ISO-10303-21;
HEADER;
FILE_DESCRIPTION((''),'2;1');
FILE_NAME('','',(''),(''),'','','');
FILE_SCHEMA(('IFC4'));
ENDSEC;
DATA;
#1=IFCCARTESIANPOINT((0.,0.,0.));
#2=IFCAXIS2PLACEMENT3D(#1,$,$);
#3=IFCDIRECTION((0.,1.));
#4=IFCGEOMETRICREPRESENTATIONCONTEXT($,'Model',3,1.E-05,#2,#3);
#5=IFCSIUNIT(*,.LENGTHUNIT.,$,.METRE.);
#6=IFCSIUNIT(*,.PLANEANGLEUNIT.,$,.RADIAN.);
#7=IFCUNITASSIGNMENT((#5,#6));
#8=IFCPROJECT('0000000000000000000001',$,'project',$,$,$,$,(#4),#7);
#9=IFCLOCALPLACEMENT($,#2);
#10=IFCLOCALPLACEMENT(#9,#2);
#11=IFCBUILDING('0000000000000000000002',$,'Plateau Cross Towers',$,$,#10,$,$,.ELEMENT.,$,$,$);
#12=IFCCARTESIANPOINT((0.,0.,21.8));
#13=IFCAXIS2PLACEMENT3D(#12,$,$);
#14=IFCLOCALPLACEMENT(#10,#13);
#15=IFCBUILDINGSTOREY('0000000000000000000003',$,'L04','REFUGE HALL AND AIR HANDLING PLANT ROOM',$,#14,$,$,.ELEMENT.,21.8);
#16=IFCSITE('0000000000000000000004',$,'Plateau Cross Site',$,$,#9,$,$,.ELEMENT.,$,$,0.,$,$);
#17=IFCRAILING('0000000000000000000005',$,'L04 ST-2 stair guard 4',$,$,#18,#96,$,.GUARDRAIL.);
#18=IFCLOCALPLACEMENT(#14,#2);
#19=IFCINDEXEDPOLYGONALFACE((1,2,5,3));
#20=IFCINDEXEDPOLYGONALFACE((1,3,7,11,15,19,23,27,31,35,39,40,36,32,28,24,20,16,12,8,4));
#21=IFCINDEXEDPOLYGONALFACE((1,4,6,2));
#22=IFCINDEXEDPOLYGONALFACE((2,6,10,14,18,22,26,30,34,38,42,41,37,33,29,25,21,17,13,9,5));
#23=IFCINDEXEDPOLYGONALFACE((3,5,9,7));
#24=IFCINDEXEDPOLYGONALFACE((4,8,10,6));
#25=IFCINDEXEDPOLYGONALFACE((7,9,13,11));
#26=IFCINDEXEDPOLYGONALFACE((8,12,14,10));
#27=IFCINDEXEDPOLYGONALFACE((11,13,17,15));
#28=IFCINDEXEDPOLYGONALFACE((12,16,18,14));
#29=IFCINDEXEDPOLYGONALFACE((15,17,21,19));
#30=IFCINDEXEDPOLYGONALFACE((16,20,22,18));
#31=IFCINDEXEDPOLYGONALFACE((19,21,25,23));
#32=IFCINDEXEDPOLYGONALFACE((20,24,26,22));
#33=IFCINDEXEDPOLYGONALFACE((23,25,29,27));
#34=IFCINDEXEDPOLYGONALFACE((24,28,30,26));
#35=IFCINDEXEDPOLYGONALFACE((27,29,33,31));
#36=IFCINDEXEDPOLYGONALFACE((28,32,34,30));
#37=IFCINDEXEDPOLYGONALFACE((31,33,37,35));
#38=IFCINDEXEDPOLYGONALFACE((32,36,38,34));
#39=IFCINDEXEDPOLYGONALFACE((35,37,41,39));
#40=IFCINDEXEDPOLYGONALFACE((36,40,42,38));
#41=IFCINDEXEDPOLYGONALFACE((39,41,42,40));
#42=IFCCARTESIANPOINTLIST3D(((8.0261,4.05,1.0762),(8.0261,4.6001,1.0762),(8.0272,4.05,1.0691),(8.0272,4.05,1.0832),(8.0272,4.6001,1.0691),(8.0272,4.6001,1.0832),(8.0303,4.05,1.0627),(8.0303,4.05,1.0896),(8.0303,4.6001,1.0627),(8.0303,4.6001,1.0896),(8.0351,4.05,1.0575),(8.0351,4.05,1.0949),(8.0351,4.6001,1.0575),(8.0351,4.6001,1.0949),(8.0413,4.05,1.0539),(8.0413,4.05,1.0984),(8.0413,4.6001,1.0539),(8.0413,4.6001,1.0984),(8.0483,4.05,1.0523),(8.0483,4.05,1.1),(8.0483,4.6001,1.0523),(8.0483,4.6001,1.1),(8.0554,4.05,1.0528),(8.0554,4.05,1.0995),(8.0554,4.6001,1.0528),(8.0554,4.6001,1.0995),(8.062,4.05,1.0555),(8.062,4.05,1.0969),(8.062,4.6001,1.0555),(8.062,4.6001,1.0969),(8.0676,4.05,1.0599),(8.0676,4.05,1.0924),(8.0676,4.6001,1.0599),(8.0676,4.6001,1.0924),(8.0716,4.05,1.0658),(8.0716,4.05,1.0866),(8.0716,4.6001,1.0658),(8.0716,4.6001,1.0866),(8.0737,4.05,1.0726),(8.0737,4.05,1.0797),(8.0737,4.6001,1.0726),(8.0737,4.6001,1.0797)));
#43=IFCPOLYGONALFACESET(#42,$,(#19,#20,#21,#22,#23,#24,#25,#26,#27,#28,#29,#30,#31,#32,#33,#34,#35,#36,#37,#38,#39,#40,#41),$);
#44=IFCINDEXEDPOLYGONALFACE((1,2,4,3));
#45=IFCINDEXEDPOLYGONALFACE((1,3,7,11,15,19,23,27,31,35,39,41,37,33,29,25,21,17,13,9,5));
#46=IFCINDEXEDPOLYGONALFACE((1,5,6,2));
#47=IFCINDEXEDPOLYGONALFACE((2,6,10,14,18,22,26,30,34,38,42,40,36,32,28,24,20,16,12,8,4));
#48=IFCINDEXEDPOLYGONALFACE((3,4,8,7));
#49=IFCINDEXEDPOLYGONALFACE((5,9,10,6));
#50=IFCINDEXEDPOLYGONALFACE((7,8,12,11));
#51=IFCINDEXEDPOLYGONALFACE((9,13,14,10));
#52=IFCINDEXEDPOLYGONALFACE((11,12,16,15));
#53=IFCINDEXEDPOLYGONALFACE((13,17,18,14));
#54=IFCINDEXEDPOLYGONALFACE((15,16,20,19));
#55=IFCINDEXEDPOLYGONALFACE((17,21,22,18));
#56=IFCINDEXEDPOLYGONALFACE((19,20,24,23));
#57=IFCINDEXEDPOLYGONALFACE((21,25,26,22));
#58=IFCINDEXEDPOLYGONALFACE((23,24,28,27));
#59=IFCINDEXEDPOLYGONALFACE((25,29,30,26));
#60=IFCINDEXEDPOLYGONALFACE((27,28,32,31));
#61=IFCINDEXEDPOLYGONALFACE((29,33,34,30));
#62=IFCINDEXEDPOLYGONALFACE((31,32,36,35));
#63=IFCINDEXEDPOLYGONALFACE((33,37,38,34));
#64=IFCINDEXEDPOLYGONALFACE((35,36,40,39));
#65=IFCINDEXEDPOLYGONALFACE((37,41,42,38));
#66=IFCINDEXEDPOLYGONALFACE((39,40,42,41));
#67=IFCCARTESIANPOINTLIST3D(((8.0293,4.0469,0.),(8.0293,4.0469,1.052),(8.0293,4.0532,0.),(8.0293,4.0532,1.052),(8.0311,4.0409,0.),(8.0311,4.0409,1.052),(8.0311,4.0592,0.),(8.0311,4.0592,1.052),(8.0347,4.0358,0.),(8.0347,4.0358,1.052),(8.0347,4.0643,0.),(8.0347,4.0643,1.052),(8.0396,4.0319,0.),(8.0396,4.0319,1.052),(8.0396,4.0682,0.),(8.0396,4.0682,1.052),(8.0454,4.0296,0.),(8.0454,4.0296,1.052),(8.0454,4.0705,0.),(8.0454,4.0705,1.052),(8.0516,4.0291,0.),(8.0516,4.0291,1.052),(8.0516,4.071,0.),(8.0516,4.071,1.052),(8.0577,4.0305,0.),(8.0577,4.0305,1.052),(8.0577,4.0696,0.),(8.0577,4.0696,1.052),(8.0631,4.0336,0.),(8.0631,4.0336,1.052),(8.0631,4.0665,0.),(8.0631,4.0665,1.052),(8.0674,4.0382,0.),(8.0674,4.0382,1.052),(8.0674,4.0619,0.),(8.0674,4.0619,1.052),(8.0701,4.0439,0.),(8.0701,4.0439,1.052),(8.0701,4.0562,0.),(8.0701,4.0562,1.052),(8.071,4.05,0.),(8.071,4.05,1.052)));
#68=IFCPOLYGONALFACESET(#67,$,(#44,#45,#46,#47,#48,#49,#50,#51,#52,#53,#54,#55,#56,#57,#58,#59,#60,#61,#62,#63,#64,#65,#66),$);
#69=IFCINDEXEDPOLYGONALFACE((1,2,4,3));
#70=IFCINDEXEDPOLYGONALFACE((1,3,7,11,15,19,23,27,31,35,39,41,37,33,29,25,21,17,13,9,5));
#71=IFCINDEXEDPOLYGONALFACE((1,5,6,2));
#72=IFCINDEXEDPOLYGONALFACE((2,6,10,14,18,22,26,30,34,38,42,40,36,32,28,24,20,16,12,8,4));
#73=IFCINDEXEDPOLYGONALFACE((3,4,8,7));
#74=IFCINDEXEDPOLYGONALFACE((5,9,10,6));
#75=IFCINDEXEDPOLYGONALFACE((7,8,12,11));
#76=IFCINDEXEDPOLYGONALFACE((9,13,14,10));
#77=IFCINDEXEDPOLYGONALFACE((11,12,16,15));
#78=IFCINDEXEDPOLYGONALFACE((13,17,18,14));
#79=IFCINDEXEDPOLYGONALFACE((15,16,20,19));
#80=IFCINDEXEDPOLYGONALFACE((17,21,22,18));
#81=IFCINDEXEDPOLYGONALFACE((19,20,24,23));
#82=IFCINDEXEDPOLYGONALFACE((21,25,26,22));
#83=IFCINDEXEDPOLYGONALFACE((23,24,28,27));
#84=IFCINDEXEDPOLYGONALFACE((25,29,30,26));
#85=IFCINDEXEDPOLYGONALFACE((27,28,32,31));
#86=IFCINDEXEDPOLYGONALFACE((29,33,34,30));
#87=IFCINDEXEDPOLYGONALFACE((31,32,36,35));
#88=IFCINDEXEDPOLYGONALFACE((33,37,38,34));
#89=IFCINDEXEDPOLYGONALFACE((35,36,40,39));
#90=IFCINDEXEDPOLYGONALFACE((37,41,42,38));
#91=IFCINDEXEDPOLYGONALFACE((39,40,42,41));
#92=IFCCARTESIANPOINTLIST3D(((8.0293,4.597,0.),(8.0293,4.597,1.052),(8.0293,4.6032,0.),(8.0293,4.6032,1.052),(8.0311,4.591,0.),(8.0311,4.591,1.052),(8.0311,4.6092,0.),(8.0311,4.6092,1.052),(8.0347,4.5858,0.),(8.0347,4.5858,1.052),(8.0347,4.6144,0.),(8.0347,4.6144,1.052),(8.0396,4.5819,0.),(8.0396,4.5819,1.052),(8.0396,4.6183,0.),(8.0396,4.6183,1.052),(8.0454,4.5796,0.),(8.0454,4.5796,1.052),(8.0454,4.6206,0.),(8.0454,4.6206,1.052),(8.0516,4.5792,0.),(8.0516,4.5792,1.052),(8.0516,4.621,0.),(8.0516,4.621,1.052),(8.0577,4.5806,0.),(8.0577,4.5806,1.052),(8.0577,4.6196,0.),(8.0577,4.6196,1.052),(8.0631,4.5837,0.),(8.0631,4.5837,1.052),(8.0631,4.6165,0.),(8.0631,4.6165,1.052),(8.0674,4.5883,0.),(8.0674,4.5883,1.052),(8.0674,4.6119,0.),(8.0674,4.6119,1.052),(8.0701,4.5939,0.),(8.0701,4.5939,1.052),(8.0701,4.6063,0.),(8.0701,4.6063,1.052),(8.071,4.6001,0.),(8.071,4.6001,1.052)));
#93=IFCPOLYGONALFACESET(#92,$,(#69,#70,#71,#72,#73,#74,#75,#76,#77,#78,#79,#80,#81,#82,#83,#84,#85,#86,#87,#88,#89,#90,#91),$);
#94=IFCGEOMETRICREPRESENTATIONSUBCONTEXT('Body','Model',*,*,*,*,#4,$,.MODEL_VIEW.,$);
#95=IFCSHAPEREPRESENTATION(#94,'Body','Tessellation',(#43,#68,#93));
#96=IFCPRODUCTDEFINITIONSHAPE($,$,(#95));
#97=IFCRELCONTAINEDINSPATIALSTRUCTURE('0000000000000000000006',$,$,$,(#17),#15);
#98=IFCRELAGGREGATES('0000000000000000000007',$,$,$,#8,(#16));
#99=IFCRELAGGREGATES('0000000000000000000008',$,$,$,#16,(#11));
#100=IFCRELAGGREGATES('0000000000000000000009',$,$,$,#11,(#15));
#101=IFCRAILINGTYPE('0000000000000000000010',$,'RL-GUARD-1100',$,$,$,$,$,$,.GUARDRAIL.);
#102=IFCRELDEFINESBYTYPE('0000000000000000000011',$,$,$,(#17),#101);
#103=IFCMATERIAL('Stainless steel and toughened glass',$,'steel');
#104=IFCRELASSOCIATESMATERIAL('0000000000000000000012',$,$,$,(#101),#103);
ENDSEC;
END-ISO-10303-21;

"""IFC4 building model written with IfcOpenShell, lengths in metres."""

from ifc_helpers import new_model, si_unit, direction, frame, origin, origin_2d, place, context, subcontext, project, spatial, circle, extrude, material, type_object, element, save


model = new_model("IFC4")

# Units and contexts
model_context = context("Model", 3, precision=1e-05, world=origin(), true_north=direction((0.0, 1.0)))
body_context = subcontext(model_context, "Body", "Model", "MODEL_VIEW")
ifc_project = project(units=[si_unit("LENGTHUNIT", "METRE"), si_unit("PLANEANGLEUNIT", "RADIAN")], contexts=[model_context])

# Site, building, storey
site_placement = place(None, origin())
site = spatial("IfcSite", under=ifc_project, at=site_placement, Name="Plateau Cross Site", CompositionType="ELEMENT", RefElevation=0.0)
building_placement = place(site_placement, origin())
building = spatial("IfcBuilding", under=site, at=building_placement, Name="Plateau Cross Towers", CompositionType="ELEMENT")
storey_placement = place(building_placement, frame((0.0, 0.0, 21.8)))
storey = spatial("IfcBuildingStorey", under=building, at=storey_placement, Name="L04", Description="REFUGE HALL AND AIR HANDLING PLANT ROOM", CompositionType="ELEMENT", Elevation=21.8)

# Railing
ifc_material_1 = material(Name="Stainless steel and toughened glass", Category="steel")
railing_type_1 = type_object("IfcRailingType", Name="RL-GUARD-1100", PredefinedType="GUARDRAIL", material=ifc_material_1)
railing_1_placement = place(storey_placement, frame((8.05, 4.05, 0.0)))
element("IfcRailing", 1, at=railing_1_placement, inside=storey, type_object=railing_type_1, Name="L04 ST-2 stair guard 4", PredefinedType="GUARDRAIL", context=body_context, shape_type="SweptSolid", body=[
    extrude(circle(Radius=0.0239, at=origin_2d()), frame((0.0, 0.0, 1.0762), z_axis=(0.0, 1.0, 0.0), x_axis=(-1.0, 0.0, 0.0)), (0.0, 0.0, 1.0), 0.55),
    extrude(circle(Radius=0.021, at=origin_2d()), origin(), (0.0, 0.0, 1.0), 1.052),
    extrude(circle(Radius=0.021, at=origin_2d()), frame((0.0, 0.55, 0.0)), (0.0, 0.0, 1.0), 1.052),
])

save(model, "model.ifc")
